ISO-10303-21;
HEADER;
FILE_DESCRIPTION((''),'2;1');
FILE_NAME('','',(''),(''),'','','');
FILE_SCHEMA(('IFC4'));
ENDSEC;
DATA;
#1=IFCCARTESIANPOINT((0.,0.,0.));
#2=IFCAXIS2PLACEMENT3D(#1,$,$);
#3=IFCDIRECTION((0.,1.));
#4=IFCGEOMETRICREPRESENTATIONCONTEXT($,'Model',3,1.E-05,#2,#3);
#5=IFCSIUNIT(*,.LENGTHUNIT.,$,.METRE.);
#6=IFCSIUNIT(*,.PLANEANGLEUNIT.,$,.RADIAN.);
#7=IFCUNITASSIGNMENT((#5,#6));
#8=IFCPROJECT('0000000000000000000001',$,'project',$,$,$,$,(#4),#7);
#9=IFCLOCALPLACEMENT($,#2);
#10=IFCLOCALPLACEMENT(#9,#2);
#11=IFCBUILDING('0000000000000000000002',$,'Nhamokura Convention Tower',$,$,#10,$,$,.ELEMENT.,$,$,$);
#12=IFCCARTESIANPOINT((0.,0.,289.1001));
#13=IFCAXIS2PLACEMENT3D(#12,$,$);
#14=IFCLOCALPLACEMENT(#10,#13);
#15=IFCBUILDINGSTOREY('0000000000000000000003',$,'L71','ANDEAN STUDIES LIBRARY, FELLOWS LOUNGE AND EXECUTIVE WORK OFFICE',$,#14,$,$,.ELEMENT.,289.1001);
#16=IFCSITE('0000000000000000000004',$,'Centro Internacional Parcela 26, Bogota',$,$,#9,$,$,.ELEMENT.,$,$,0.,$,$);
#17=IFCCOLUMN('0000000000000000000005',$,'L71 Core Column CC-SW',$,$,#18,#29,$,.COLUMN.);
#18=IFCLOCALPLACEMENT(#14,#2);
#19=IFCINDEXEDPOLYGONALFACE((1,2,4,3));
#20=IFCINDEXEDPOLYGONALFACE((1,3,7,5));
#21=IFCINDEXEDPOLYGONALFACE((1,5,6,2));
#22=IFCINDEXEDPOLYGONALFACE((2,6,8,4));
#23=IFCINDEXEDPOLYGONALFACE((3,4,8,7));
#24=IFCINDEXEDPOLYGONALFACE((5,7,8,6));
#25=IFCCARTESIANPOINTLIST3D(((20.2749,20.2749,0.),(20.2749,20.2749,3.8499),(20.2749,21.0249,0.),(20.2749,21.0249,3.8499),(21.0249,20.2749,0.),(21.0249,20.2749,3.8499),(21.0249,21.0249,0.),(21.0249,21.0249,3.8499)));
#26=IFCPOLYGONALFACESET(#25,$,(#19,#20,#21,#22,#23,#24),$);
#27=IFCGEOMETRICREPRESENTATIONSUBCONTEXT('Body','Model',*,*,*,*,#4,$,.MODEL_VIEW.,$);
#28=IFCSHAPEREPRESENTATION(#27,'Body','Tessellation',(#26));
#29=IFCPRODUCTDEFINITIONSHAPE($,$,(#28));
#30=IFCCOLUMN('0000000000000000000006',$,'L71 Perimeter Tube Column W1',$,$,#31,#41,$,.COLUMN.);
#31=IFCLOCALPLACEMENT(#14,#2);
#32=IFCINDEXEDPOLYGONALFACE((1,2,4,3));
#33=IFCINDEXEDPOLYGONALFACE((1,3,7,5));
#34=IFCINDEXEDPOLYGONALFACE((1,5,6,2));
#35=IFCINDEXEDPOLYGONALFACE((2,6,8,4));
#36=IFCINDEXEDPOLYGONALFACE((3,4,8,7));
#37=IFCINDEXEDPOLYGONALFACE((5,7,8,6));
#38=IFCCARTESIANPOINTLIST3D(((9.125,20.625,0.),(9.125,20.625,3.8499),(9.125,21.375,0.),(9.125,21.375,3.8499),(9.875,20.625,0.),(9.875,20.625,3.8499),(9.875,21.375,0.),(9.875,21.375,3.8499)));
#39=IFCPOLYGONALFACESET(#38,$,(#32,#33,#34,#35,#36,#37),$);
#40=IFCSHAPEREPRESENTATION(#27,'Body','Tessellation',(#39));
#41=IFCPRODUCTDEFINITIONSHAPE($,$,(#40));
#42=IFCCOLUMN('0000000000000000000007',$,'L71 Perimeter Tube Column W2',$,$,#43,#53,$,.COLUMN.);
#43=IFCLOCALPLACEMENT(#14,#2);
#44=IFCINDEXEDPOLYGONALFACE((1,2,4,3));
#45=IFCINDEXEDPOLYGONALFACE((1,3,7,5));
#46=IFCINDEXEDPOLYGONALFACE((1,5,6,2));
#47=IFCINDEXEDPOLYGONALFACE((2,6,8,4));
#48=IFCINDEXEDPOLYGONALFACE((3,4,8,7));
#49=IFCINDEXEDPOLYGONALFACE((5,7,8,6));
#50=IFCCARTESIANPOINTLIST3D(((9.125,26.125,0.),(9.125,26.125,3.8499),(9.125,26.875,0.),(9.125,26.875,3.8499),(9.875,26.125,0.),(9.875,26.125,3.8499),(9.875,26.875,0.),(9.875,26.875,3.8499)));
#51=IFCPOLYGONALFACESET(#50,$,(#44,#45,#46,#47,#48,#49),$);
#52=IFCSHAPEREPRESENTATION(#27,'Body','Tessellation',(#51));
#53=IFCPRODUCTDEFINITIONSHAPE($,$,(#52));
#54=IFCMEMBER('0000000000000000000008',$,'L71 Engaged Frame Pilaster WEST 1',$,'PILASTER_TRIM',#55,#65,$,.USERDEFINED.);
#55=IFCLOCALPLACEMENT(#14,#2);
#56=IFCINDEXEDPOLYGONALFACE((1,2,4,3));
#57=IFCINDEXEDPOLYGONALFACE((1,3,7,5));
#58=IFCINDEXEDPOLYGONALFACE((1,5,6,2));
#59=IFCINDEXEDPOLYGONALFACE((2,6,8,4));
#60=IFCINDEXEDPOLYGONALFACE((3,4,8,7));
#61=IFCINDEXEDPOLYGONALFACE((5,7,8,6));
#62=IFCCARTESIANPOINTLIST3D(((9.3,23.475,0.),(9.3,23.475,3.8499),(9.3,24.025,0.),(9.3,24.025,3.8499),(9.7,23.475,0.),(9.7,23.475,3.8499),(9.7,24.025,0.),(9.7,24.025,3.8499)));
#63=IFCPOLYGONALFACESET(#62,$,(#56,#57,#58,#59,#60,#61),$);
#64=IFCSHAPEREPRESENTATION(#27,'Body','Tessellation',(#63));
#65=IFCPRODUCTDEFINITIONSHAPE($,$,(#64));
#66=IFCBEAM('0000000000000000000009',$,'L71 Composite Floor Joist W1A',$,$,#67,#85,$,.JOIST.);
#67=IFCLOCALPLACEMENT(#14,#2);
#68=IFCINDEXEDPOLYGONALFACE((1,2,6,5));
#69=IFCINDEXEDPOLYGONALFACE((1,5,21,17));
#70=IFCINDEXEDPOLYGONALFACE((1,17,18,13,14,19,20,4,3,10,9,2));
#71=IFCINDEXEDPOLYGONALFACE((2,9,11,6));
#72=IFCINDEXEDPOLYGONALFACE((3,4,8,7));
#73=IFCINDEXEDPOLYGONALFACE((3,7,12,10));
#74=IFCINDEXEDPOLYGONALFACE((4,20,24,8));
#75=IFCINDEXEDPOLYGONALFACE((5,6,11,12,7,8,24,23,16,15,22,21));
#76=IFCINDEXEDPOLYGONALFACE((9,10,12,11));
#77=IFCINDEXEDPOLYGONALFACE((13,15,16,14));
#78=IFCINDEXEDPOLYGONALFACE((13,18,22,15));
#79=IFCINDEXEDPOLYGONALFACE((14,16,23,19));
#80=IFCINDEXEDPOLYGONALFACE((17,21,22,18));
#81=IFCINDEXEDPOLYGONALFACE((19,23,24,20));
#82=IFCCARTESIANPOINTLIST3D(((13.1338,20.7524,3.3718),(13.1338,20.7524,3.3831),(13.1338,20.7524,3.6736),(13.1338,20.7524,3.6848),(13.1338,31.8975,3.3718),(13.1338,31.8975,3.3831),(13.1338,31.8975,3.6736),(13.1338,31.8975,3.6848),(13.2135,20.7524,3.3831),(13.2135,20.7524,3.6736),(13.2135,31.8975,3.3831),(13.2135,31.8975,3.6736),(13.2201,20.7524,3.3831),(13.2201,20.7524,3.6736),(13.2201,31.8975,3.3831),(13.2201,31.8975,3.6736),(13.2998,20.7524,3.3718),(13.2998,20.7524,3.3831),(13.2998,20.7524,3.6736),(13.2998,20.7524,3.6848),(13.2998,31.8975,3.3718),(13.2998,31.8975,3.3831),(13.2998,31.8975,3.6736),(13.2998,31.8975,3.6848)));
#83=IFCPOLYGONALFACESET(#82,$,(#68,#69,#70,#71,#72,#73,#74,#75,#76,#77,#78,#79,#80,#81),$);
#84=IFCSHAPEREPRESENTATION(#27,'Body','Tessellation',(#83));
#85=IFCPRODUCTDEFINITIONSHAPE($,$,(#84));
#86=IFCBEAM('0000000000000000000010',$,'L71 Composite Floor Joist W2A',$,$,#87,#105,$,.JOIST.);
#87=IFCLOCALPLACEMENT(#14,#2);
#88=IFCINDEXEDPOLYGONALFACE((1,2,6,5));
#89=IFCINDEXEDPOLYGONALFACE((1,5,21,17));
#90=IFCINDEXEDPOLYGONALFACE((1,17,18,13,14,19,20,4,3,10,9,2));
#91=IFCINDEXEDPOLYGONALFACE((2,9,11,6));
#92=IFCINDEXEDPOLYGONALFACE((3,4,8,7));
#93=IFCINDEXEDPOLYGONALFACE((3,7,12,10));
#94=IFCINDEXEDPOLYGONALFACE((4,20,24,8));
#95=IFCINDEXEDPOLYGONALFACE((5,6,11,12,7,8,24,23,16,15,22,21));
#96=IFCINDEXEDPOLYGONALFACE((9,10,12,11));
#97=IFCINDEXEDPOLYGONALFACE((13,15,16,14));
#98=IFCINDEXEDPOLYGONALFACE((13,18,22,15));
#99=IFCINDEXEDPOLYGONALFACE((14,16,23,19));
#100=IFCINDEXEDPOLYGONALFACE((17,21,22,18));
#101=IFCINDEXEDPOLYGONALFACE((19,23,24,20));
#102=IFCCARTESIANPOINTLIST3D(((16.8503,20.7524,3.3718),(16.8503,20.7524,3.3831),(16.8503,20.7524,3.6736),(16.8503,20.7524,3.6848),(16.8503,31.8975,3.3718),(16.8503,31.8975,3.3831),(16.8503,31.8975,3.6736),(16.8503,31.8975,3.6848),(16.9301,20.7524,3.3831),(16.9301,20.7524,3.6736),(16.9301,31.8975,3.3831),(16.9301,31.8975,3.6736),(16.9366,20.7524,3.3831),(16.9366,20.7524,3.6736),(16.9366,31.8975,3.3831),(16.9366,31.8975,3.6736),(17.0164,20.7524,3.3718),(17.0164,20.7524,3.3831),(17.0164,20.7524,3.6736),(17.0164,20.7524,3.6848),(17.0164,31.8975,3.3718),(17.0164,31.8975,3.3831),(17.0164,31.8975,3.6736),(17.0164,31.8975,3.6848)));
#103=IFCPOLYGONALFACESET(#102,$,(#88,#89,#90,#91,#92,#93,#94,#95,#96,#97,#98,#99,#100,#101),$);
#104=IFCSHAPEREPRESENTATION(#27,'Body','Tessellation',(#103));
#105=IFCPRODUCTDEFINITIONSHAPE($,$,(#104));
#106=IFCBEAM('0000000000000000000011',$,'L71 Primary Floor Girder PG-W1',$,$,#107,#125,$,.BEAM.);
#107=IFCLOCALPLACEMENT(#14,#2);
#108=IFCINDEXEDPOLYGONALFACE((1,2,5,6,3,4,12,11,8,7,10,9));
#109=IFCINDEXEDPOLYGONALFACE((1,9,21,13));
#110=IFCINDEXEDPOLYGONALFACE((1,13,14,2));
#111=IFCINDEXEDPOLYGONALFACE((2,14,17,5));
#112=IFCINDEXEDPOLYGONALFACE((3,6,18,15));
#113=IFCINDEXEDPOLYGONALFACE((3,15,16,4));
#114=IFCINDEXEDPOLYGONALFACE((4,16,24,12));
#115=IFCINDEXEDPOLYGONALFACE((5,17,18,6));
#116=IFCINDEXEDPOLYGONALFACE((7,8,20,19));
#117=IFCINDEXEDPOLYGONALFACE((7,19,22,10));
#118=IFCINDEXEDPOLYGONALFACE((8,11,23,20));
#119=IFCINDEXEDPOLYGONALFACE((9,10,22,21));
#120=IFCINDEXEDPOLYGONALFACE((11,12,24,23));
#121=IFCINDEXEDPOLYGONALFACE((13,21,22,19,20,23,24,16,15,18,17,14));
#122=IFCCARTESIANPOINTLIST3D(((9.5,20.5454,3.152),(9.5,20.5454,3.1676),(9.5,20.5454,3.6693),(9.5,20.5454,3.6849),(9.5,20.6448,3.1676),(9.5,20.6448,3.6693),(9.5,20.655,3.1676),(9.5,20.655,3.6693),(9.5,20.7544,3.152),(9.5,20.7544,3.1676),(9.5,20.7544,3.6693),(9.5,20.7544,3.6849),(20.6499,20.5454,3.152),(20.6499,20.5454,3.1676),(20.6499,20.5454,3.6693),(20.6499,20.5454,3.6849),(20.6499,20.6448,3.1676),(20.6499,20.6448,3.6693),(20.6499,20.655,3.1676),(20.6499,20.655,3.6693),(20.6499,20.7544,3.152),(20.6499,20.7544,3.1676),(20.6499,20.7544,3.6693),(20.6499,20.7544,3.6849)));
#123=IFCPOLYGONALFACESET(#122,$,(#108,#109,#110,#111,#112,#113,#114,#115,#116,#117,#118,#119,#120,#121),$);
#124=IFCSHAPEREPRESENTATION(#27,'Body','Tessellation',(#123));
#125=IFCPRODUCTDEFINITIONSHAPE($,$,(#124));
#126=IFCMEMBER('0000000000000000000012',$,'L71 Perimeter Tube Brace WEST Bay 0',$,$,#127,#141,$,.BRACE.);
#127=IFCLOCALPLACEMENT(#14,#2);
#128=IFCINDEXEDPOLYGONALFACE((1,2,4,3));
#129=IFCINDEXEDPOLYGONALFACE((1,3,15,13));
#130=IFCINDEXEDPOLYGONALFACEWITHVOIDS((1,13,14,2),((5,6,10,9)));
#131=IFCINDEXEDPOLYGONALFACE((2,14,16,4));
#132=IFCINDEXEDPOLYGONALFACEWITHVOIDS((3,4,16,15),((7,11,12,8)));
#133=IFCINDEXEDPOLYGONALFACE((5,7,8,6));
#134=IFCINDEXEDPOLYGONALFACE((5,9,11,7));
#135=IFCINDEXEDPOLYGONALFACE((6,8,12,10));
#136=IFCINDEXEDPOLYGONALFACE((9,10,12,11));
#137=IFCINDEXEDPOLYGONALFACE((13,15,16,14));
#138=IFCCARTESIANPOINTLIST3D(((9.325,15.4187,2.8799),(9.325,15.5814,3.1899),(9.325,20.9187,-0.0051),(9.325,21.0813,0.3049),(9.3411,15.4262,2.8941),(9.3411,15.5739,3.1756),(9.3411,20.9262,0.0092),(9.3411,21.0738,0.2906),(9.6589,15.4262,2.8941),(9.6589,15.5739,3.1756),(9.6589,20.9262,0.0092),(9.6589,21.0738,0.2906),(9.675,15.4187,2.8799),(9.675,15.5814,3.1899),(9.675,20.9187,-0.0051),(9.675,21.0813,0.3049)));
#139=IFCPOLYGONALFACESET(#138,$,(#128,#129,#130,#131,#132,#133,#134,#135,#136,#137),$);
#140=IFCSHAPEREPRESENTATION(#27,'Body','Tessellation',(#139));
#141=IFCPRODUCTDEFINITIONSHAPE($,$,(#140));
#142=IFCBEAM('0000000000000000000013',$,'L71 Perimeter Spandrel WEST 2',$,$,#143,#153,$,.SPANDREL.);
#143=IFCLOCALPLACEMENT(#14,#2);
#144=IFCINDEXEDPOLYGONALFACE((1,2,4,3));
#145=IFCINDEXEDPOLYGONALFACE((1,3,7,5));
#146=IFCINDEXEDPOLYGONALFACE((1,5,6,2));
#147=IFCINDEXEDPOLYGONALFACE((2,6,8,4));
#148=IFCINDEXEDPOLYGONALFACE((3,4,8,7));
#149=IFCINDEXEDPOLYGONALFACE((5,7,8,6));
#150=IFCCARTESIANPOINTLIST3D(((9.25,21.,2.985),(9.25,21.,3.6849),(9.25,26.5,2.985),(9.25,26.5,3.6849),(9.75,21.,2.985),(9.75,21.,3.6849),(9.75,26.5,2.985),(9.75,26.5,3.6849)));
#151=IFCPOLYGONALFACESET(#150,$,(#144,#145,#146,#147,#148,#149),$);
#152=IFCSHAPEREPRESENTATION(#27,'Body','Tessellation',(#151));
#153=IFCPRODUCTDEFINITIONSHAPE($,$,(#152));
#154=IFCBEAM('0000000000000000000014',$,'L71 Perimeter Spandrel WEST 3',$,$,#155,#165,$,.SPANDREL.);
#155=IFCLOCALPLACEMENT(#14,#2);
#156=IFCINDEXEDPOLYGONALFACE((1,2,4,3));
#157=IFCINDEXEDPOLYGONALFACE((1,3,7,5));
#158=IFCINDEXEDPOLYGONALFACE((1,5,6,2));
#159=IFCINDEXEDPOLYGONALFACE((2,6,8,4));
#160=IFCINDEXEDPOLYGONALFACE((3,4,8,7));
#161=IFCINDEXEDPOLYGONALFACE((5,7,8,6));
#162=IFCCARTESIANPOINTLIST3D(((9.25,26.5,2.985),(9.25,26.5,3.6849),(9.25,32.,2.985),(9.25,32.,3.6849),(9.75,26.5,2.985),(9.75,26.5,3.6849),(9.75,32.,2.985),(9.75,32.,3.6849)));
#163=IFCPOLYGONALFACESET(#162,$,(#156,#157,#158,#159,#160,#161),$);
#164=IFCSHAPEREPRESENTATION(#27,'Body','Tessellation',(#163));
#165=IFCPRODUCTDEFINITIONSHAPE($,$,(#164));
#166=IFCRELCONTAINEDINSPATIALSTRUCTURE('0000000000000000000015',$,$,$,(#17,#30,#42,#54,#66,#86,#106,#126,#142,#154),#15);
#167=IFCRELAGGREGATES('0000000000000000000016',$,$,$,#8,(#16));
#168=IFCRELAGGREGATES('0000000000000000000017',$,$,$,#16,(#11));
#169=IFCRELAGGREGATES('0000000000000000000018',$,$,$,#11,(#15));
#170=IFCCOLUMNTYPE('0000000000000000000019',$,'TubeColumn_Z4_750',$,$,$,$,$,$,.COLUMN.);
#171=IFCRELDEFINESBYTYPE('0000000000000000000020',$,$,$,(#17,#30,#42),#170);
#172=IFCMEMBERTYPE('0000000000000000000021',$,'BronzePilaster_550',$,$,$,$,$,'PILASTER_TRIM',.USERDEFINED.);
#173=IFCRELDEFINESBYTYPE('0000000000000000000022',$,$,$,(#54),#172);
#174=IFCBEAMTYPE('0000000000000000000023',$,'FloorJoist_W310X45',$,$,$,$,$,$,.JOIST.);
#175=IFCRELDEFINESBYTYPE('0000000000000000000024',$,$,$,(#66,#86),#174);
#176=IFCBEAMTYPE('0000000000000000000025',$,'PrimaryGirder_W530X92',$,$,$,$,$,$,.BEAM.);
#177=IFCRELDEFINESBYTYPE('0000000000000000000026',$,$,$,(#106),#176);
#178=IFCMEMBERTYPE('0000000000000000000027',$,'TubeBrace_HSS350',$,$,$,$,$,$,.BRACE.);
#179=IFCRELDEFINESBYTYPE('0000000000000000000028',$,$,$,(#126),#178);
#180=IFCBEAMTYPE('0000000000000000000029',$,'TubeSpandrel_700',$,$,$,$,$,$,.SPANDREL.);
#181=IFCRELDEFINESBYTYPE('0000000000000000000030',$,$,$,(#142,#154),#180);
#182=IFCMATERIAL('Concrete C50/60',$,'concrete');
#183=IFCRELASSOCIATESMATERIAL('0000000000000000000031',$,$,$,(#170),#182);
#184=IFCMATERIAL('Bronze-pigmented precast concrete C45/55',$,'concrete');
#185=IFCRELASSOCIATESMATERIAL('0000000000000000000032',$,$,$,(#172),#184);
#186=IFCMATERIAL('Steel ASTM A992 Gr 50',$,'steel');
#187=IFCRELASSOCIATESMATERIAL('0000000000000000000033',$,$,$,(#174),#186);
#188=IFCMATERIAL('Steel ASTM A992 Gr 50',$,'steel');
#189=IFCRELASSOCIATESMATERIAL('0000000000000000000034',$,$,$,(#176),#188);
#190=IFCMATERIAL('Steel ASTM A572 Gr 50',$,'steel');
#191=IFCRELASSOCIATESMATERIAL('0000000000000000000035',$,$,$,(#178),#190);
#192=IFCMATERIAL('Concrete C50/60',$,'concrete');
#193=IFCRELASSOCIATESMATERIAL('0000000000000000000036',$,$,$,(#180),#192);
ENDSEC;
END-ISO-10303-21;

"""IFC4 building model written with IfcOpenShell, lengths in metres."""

from ifc_helpers import new_model, si_unit, direction, frame, origin, origin_2d, place, context, subcontext, project, spatial, rectangle, hollow_rectangle, i_section, extrude, material, material_profile, profile_set, type_object, element, save


model = new_model("IFC4")

# Units and contexts
model_context = context("Model", 3, precision=1e-05, world=origin(), true_north=direction((0.0, 1.0)))
body_context = subcontext(model_context, "Body", "Model", "MODEL_VIEW")
ifc_project = project(units=[si_unit("LENGTHUNIT", "METRE"), si_unit("PLANEANGLEUNIT", "RADIAN")], contexts=[model_context])

# Site, building, storey
site_placement = place(None, origin())
site = spatial("IfcSite", under=ifc_project, at=site_placement, Name="Centro Internacional Parcela 26, Bogota", CompositionType="ELEMENT", RefElevation=0.0)
building_placement = place(site_placement, origin())
building = spatial("IfcBuilding", under=site, at=building_placement, Name="Nhamokura Convention Tower", CompositionType="ELEMENT")
storey_placement = place(building_placement, frame((0.0, 0.0, 289.1001)))
storey = spatial("IfcBuildingStorey", under=building, at=storey_placement, Name="L71", Description="ANDEAN STUDIES LIBRARY, FELLOWS LOUNGE AND EXECUTIVE WORK OFFICE", CompositionType="ELEMENT", Elevation=289.1001)

# Columns
ifc_material_1 = material(Name="Concrete C50/60", Category="concrete")
ifc_material_profile_1 = material_profile(ifc_material_1, rectangle(XDim=0.75, YDim=0.75, at=origin_2d()))
ifc_profile_set_1 = profile_set([ifc_material_profile_1], Name="Concrete C50/60")
column_type = type_object("IfcColumnType", Name="TubeColumn_Z4_750", PredefinedType="COLUMN", material=ifc_profile_set_1)
for number, where, z_axis, x_axis, name in (
    (1, (20.6499, 20.6499, 0.0), (0.0, 0.0, 1.0), (1.0, 0.0, 0.0), "L71 Core Column CC-SW"),
    (2, (9.5, 21.0, 0.0), (0.0, 0.0, 1.0), (1.0, 0.0, 0.0), "L71 Perimeter Tube Column W1"),
    (3, (9.5, 26.5, 0.0), (0.0, 0.0, 1.0), (1.0, 0.0, 0.0), "L71 Perimeter Tube Column W2"),
):
    element("IfcColumn", number, at=place(storey_placement, frame(where, z_axis=z_axis, x_axis=x_axis)), inside=storey, type_object=column_type, Name=name, PredefinedType="COLUMN", context=body_context, shape_type="SweptSolid", body=[
        extrude(rectangle(XDim=0.75, YDim=0.75, at=origin_2d()), origin(), (0.0, 0.0, 1.0), 3.8499),
    ])

# Member
ifc_material_2 = material(Name="Bronze-pigmented precast concrete C45/55", Category="concrete")
ifc_material_profile_2 = material_profile(ifc_material_2, rectangle(XDim=0.3999, YDim=0.55, at=origin_2d()))
ifc_profile_set_2 = profile_set([ifc_material_profile_2], Name="Bronze-pigmented precast concrete C45/55")
member_type_1 = type_object("IfcMemberType", Name="BronzePilaster_550", ElementType="PILASTER_TRIM", PredefinedType="USERDEFINED", material=ifc_profile_set_2)
member_1_placement = place(storey_placement, frame((9.5, 23.75, 0.0), z_axis=(0.0, 0.0, 1.0), x_axis=(1.0, 0.0, 0.0)))
element("IfcMember", 4, at=member_1_placement, inside=storey, type_object=member_type_1, Name="L71 Engaged Frame Pilaster WEST 1", ObjectType="PILASTER_TRIM", PredefinedType="USERDEFINED", context=body_context, shape_type="SweptSolid", body=[
    extrude(rectangle(XDim=0.3999, YDim=0.55, at=origin_2d()), origin(), (0.0, 0.0, 1.0), 3.8499),
])

# Beams
ifc_material_3 = material(Name="Steel ASTM A992 Gr 50", Category="steel")
ifc_material_profile_3 = material_profile(ifc_material_3, i_section(OverallWidth=0.166, OverallDepth=0.313, WebThickness=0.0066, FlangeThickness=0.0112, at=origin_2d()))
ifc_profile_set_3 = profile_set([ifc_material_profile_3], Name="Steel ASTM A992 Gr 50")
beam_type_1 = type_object("IfcBeamType", Name="FloorJoist_W310X45", PredefinedType="JOIST", material=ifc_profile_set_3)
for number, where, z_axis, x_axis, name in (
    (5, (13.2168, 20.7524, 3.5283), (0.0, 1.0, 0.0), (-1.0, 0.0, 0.0), "L71 Composite Floor Joist W1A"),
    (6, (16.9333, 20.7524, 3.5283), (0.0, 1.0, 0.0), (-1.0, 0.0, 0.0), "L71 Composite Floor Joist W2A"),
):
    element("IfcBeam", number, at=place(storey_placement, frame(where, z_axis=z_axis, x_axis=x_axis)), inside=storey, type_object=beam_type_1, Name=name, PredefinedType="JOIST", context=body_context, shape_type="SweptSolid", body=[
        extrude(i_section(OverallWidth=0.166, OverallDepth=0.313, WebThickness=0.0066, FlangeThickness=0.0112, at=origin_2d()), origin(), (0.0, 0.0, 1.0), 11.145),
    ])
ifc_material_4 = material(Name="Steel ASTM A992 Gr 50", Category="steel")
ifc_material_profile_4 = material_profile(ifc_material_4, i_section(OverallWidth=0.209, OverallDepth=0.533, WebThickness=0.0103, FlangeThickness=0.0156, at=origin_2d()))
ifc_profile_set_4 = profile_set([ifc_material_profile_4], Name="Steel ASTM A992 Gr 50")
beam_type_2 = type_object("IfcBeamType", Name="PrimaryGirder_W530X92", PredefinedType="BEAM", material=ifc_profile_set_4)
beam_placement = place(storey_placement, frame((9.5, 20.6499, 3.4185), z_axis=(1.0, 0.0, 0.0), x_axis=(0.0, 1.0, 0.0)))
element("IfcBeam", 7, at=beam_placement, inside=storey, type_object=beam_type_2, Name="L71 Primary Floor Girder PG-W1", PredefinedType="BEAM", context=body_context, shape_type="SweptSolid", body=[
    extrude(i_section(OverallWidth=0.209, OverallDepth=0.533, WebThickness=0.0103, FlangeThickness=0.0156, at=origin_2d()), origin(), (0.0, 0.0, 1.0), 11.1499),
])

# Member
ifc_material_5 = material(Name="Steel ASTM A572 Gr 50", Category="steel")
ifc_material_profile_5 = material_profile(ifc_material_5, hollow_rectangle(XDim=0.3501, YDim=0.3501, WallThickness=0.0161, at=origin_2d()))
ifc_profile_set_5 = profile_set([ifc_material_profile_5], Name="Steel ASTM A572 Gr 50")
member_type_2 = type_object("IfcMemberType", Name="TubeBrace_HSS350", PredefinedType="BRACE", material=ifc_profile_set_5)
member_2_placement = place(storey_placement, frame((9.5, 21.0, 0.1499), z_axis=(0.0, -0.885563, 0.46452), x_axis=(1.0, 0.0, 0.0)))
element("IfcMember", 8, at=member_2_placement, inside=storey, type_object=member_type_2, Name="L71 Perimeter Tube Brace WEST Bay 0", PredefinedType="BRACE", context=body_context, shape_type="SweptSolid", body=[
    extrude(hollow_rectangle(XDim=0.3501, YDim=0.3501, WallThickness=0.0161, at=origin_2d()), origin(), (0.0, 0.0, 1.0), 6.2107),
])

# Beams
ifc_material_6 = material(Name="Concrete C50/60", Category="concrete")
ifc_material_profile_6 = material_profile(ifc_material_6, rectangle(XDim=0.5, YDim=0.7, at=origin_2d()))
ifc_profile_set_6 = profile_set([ifc_material_profile_6], Name="Concrete C50/60")
beam_type_3 = type_object("IfcBeamType", Name="TubeSpandrel_700", PredefinedType="SPANDREL", material=ifc_profile_set_6)
for number, where, z_axis, x_axis, name in (
    (9, (9.5, 21.0, 3.335), (0.0, 1.0, 0.0), (-1.0, 0.0, 0.0), "L71 Perimeter Spandrel WEST 2"),
    (10, (9.5, 26.5, 3.335), (0.0, 1.0, 0.0), (-1.0, 0.0, 0.0), "L71 Perimeter Spandrel WEST 3"),
):
    element("IfcBeam", number, at=place(storey_placement, frame(where, z_axis=z_axis, x_axis=x_axis)), inside=storey, type_object=beam_type_3, Name=name, PredefinedType="SPANDREL", context=body_context, shape_type="SweptSolid", body=[
        extrude(rectangle(XDim=0.5, YDim=0.7, at=origin_2d()), origin(), (0.0, 0.0, 1.0), 5.5),
    ])

save(model, "model.ifc")
